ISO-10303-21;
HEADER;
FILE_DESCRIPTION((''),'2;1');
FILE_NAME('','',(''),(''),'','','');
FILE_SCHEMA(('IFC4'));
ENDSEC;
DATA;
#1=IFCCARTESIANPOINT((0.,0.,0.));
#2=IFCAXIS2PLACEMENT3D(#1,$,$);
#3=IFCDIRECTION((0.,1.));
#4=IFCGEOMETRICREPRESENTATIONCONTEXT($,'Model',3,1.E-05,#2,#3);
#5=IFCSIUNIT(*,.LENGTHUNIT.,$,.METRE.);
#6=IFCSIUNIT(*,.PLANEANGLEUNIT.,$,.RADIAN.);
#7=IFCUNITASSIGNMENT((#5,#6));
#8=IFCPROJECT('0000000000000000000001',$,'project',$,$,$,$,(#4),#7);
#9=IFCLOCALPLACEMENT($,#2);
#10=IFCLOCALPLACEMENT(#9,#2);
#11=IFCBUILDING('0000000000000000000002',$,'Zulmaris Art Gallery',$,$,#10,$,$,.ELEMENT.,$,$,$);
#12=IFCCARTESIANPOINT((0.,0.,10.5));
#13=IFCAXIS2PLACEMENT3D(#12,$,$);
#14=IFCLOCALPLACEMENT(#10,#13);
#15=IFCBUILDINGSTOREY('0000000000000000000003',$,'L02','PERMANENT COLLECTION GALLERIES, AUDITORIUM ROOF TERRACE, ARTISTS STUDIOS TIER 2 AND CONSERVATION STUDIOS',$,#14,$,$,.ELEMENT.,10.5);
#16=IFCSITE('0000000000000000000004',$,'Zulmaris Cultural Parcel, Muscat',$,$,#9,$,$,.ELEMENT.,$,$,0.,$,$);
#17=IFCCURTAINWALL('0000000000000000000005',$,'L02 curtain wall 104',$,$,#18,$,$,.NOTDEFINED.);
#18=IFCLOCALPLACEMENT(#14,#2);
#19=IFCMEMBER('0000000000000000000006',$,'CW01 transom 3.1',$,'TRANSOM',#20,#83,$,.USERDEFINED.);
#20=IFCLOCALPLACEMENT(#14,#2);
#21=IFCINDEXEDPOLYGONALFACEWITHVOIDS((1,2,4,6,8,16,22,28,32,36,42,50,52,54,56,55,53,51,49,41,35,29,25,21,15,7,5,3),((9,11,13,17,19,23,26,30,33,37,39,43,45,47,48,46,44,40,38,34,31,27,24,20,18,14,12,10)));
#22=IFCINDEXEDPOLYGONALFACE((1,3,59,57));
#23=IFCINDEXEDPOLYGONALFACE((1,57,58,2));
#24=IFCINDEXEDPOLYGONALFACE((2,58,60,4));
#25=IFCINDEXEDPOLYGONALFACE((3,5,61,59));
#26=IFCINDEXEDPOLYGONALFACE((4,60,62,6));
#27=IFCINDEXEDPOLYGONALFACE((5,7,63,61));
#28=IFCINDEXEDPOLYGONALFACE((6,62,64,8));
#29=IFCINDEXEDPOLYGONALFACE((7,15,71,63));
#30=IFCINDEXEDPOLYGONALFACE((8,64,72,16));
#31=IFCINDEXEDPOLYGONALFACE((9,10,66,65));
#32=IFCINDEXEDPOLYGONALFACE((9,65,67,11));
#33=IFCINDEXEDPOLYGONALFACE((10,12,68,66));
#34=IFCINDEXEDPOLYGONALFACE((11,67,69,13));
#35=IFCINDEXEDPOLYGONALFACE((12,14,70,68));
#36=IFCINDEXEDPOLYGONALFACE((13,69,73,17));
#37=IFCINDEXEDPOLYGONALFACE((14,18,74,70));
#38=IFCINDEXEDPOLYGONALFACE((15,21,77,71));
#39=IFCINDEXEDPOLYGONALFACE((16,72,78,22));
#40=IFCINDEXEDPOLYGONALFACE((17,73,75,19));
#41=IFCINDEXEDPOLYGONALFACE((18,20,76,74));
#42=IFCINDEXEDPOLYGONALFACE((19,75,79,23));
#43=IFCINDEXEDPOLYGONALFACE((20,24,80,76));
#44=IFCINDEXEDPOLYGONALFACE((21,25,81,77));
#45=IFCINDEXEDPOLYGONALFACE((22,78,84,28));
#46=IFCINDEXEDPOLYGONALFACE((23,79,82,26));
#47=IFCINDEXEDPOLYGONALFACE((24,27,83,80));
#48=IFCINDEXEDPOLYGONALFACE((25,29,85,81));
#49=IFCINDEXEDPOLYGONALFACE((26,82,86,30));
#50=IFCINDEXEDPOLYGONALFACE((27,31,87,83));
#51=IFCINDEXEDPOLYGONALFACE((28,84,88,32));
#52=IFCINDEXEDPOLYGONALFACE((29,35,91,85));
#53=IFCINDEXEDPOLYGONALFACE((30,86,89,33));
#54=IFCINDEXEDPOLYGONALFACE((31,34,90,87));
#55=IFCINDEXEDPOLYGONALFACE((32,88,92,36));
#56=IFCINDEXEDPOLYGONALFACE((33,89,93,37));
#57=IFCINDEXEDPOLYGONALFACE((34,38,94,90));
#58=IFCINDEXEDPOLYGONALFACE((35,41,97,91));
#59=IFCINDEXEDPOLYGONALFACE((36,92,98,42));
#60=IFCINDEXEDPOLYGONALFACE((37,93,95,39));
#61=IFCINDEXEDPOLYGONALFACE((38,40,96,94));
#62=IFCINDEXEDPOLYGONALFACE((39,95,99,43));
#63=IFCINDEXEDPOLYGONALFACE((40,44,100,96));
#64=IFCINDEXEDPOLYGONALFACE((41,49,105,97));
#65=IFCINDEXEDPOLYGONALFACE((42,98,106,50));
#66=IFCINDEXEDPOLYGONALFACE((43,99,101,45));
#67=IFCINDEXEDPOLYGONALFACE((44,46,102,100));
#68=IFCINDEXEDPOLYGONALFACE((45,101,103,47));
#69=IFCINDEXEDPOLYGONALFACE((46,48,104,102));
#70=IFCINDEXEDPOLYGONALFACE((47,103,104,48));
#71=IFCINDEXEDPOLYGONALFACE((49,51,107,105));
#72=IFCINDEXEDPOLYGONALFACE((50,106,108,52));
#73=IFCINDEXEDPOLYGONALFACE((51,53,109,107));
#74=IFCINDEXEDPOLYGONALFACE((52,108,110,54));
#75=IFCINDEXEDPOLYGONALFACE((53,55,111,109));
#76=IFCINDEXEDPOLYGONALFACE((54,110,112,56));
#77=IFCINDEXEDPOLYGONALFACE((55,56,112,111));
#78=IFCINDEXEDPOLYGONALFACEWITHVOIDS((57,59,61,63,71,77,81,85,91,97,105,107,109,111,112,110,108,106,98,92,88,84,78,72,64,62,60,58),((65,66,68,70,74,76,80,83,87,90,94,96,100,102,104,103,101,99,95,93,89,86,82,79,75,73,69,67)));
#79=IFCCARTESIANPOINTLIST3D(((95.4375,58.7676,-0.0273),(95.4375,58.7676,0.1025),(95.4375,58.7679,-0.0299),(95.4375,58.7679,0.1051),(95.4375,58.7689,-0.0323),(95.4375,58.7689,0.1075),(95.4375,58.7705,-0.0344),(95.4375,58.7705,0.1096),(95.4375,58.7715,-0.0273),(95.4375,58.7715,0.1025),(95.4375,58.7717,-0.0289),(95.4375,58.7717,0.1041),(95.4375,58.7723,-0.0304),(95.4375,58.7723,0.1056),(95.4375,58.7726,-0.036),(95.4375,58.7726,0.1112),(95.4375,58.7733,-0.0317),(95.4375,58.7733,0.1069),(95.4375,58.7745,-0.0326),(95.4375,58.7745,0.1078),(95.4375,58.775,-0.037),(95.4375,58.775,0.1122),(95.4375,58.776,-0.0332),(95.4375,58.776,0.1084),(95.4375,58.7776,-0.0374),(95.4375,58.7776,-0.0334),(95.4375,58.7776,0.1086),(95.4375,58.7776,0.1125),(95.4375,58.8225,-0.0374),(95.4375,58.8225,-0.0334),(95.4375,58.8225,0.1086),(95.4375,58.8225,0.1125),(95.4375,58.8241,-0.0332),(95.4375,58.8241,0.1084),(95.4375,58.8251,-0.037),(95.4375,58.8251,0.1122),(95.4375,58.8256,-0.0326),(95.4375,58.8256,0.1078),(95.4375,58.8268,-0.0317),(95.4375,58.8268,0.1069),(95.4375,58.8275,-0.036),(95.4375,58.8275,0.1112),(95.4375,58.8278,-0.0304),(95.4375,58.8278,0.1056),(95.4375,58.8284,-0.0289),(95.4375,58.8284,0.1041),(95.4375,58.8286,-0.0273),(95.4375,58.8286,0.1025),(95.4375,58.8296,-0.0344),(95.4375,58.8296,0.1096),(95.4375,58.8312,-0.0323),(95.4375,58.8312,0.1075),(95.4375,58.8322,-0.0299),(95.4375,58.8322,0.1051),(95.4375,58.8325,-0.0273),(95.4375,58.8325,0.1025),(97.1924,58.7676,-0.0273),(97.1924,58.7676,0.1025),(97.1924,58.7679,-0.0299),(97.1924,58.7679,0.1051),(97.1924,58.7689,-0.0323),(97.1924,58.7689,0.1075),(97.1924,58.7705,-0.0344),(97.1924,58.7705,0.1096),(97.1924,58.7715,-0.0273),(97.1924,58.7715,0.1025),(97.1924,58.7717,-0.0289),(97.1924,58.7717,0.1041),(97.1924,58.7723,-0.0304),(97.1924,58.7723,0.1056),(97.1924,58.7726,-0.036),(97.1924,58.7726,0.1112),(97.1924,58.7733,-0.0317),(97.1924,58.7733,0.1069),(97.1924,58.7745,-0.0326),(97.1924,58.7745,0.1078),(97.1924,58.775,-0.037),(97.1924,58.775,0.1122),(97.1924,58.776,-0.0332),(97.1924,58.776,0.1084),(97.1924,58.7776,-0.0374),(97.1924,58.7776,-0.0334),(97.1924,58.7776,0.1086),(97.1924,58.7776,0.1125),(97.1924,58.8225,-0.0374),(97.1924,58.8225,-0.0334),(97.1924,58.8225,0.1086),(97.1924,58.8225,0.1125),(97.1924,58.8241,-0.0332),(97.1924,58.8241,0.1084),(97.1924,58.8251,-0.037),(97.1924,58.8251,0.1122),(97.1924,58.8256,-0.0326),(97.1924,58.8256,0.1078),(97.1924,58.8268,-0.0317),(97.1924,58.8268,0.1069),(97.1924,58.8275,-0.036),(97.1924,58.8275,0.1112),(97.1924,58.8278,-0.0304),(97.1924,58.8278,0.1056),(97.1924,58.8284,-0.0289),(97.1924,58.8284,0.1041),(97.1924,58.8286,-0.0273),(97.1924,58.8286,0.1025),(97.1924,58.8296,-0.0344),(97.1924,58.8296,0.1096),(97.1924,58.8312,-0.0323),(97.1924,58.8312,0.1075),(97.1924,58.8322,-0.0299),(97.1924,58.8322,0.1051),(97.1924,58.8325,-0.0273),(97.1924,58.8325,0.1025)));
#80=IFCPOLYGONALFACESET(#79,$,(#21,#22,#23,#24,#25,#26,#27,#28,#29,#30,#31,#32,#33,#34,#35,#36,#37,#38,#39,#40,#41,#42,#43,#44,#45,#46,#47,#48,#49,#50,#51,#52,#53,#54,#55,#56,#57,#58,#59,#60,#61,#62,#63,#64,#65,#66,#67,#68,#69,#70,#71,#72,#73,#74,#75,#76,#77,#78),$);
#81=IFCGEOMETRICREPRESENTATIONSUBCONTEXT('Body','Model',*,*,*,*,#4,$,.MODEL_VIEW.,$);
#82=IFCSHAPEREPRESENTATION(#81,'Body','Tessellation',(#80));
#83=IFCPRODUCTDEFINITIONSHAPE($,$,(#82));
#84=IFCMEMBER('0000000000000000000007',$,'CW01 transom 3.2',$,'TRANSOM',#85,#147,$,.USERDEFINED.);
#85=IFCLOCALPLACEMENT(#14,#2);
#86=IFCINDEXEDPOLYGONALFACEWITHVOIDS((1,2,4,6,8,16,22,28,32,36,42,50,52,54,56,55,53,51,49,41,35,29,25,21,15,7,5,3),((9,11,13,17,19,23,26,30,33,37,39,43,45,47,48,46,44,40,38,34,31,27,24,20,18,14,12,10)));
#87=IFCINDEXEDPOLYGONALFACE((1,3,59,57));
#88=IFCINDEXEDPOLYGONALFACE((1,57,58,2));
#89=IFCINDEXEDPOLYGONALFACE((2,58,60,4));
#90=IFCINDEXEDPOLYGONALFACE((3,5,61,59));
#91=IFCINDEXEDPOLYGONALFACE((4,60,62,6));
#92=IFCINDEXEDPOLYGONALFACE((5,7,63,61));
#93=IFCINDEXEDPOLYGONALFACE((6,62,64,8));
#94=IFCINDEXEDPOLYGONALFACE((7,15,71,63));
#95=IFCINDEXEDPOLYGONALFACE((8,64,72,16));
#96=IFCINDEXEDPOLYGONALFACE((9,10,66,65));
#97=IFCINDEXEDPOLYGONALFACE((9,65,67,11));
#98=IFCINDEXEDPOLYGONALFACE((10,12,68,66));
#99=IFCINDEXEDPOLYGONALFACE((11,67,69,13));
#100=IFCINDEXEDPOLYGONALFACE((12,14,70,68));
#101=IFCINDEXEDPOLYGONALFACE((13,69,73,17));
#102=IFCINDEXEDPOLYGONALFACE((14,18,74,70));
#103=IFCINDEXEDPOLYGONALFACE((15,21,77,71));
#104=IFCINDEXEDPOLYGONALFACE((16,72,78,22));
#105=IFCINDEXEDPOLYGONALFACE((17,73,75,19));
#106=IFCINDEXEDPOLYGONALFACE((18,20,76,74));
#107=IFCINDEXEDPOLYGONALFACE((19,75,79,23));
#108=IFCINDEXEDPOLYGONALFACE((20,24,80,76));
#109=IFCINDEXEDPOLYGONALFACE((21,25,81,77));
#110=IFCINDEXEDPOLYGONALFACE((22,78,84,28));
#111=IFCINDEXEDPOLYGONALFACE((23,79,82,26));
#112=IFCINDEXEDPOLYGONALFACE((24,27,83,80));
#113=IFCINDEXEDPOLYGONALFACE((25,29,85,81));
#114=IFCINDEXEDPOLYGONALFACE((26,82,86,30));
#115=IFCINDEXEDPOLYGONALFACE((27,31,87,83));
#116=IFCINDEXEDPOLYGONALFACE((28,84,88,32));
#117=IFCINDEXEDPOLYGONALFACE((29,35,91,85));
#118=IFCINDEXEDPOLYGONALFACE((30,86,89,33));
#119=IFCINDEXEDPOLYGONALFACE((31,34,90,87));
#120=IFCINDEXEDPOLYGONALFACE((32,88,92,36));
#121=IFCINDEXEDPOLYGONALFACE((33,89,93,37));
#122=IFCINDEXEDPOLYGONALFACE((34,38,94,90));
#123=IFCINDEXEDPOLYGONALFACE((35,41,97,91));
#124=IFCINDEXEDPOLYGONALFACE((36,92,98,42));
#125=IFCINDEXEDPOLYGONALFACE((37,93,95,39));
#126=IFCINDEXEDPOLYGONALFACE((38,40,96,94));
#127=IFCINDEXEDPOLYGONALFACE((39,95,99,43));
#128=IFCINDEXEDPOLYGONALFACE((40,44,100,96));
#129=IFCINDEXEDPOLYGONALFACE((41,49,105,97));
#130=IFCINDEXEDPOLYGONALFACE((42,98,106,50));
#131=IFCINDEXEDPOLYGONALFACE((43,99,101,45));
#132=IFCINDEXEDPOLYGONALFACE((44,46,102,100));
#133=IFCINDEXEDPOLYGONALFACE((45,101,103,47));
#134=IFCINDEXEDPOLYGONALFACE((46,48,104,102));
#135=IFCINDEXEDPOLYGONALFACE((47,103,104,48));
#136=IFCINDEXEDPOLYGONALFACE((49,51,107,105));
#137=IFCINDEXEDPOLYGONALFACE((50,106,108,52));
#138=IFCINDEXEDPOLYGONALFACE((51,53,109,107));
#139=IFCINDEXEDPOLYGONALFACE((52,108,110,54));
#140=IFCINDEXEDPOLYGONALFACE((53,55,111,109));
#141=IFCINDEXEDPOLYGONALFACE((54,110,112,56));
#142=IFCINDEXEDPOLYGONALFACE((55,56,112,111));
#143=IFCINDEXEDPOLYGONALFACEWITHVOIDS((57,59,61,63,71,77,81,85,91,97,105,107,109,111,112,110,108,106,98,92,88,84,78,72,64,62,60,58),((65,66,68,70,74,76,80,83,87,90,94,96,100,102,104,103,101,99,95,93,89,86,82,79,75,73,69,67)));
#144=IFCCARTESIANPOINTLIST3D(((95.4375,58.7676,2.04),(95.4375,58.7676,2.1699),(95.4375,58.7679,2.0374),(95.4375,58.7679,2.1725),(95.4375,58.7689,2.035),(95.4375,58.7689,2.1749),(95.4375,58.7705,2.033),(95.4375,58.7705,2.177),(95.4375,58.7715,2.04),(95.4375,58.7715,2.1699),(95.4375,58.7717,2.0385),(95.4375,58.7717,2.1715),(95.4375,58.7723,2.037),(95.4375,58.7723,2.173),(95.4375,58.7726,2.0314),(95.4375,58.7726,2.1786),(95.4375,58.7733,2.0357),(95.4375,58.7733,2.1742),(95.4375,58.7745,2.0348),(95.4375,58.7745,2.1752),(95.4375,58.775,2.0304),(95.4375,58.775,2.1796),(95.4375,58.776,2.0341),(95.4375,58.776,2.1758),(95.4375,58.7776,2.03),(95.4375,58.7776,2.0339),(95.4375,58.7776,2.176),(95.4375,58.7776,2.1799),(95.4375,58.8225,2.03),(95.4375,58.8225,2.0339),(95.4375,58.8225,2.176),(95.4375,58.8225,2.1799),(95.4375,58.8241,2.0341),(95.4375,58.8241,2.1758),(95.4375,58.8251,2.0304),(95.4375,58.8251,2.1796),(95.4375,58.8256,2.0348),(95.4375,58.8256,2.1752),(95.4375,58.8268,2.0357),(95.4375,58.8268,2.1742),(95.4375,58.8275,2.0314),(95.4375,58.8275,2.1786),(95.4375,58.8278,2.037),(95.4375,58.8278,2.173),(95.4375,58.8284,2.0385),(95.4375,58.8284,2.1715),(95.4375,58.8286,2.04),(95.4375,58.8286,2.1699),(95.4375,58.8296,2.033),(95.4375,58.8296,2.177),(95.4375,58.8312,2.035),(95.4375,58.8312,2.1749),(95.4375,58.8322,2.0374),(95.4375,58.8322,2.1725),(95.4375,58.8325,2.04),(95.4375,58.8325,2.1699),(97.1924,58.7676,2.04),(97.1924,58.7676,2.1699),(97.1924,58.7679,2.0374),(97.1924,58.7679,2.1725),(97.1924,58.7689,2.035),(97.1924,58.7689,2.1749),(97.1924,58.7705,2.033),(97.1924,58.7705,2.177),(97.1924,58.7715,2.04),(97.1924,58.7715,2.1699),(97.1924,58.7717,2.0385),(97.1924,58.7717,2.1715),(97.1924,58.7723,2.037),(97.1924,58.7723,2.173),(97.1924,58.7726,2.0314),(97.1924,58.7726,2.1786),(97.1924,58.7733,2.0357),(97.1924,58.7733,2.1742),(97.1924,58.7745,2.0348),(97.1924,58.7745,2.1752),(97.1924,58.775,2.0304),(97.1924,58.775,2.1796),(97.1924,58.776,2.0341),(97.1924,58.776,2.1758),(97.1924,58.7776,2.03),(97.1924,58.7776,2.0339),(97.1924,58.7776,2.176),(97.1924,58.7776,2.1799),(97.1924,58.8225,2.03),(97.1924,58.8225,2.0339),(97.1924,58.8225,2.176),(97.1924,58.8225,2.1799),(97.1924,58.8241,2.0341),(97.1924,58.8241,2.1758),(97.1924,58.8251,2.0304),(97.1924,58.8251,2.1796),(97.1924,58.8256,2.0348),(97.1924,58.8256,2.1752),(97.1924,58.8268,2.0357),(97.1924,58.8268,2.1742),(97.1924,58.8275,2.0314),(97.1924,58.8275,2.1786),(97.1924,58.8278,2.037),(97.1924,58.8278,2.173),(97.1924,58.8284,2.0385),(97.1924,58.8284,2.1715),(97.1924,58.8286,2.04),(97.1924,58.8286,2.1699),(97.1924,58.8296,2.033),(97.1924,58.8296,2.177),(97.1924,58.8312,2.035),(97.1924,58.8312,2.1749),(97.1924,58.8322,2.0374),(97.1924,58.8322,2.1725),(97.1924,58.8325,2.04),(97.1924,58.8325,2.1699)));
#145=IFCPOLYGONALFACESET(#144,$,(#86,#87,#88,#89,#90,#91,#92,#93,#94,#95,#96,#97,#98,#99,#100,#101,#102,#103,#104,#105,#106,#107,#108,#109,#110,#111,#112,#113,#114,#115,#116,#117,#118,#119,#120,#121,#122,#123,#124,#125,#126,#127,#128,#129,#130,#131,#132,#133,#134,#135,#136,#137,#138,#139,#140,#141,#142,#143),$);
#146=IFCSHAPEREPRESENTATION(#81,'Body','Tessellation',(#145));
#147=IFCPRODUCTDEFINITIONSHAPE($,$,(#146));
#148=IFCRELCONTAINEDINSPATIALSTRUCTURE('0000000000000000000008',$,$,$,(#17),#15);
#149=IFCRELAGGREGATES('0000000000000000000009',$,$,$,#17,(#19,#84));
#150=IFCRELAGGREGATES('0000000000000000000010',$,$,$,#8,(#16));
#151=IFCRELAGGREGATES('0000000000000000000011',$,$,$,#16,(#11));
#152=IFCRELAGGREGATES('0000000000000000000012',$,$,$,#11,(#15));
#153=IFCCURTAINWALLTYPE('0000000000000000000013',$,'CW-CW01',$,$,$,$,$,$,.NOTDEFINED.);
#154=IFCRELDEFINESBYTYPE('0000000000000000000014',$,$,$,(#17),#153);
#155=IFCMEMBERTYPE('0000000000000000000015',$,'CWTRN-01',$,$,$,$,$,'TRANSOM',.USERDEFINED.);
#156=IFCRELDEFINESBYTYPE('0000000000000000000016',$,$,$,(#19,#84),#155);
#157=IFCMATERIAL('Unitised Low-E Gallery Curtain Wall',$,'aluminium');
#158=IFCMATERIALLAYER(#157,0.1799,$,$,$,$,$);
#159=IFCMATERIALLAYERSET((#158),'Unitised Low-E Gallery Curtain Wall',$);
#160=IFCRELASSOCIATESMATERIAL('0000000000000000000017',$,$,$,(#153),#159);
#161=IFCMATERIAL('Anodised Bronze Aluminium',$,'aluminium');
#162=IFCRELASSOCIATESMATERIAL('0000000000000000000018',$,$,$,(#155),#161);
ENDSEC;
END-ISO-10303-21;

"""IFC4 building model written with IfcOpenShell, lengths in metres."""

from ifc_helpers import new_model, si_unit, direction, frame, origin, origin_2d, place, context, subcontext, project, spatial, hollow_rectangle, extrude, material, layer, layer_set, material_profile, profile_set, type_object, element, aggregate, save


model = new_model("IFC4")

# Units and contexts
model_context = context("Model", 3, precision=1e-05, world=origin(), true_north=direction((0.0, 1.0)))
body_context = subcontext(model_context, "Body", "Model", "MODEL_VIEW")
ifc_project = project(units=[si_unit("LENGTHUNIT", "METRE"), si_unit("PLANEANGLEUNIT", "RADIAN")], contexts=[model_context])

# Site, building, storey
site_placement = place(None, origin())
site = spatial("IfcSite", under=ifc_project, at=site_placement, Name="Zulmaris Cultural Parcel, Muscat", CompositionType="ELEMENT", RefElevation=0.0)
building_placement = place(site_placement, origin())
building = spatial("IfcBuilding", under=site, at=building_placement, Name="Zulmaris Art Gallery", CompositionType="ELEMENT")
storey_placement = place(building_placement, frame((0.0, 0.0, 10.5)))
storey = spatial("IfcBuildingStorey", under=building, at=storey_placement, Name="L02", Description="PERMANENT COLLECTION GALLERIES, AUDITORIUM ROOF TERRACE, ARTISTS STUDIOS TIER 2 AND CONSERVATION STUDIOS", CompositionType="ELEMENT", Elevation=10.5)

# Shared definitions
ifc_material_1 = material(Name="Anodised Bronze Aluminium", Category="aluminium")

# Curtain wall
ifc_material_2 = material(Name="Unitised Low-E Gallery Curtain Wall", Category="aluminium")
ifc_layer_1 = layer(ifc_material_2, 0.1799)
ifc_layer_set_1 = layer_set([ifc_layer_1], Name="Unitised Low-E Gallery Curtain Wall")
curtain_wall_type_1 = type_object("IfcCurtainWallType", Name="CW-CW01", PredefinedType="NOTDEFINED", material=ifc_layer_set_1)
curtain_wall_1_placement = place(storey_placement, origin())
curtain_wall_1 = element("IfcCurtainWall", 1, at=curtain_wall_1_placement, inside=storey, type_object=curtain_wall_type_1, Name="L02 curtain wall 104", PredefinedType="NOTDEFINED")

# Members
ifc_material_profile_1 = material_profile(ifc_material_1, hollow_rectangle(XDim=0.0649, YDim=0.1499, WallThickness=0.0039, InnerFilletRadius=0.0061, OuterFilletRadius=0.01, at=origin_2d()), Name="ALU 65x150x4")
ifc_profile_set_1 = profile_set([ifc_material_profile_1], Name="Anodised Bronze Aluminium")
member_type_1 = type_object("IfcMemberType", Name="CWTRN-01", ElementType="TRANSOM", PredefinedType="USERDEFINED", material=ifc_profile_set_1)
member_1_placement = place(storey_placement, frame((95.4375, 58.8, 0.0376), z_axis=(1.0, 0.0, 0.0), x_axis=(0.0, 1.0, 0.0)))
member_1 = element("IfcMember", 2, at=member_1_placement, type_object=member_type_1, Name="CW01 transom 3.1", ObjectType="TRANSOM", PredefinedType="USERDEFINED", context=body_context, shape_type="SweptSolid", body=[
    extrude(hollow_rectangle(XDim=0.0649, YDim=0.1499, WallThickness=0.0039, InnerFilletRadius=0.0061, OuterFilletRadius=0.01, at=origin_2d()), origin(), (0.0, 0.0, 1.0), 1.7549),
])
member_2_placement = place(storey_placement, frame((95.4375, 58.8, 2.105), z_axis=(1.0, 0.0, 0.0), x_axis=(0.0, 1.0, 0.0)))
member_2 = element("IfcMember", 3, at=member_2_placement, type_object=member_type_1, Name="CW01 transom 3.2", ObjectType="TRANSOM", PredefinedType="USERDEFINED", context=body_context, shape_type="SweptSolid", body=[
    extrude(hollow_rectangle(XDim=0.0649, YDim=0.1499, WallThickness=0.0039, InnerFilletRadius=0.0061, OuterFilletRadius=0.01, at=origin_2d()), origin(), (0.0, 0.0, 1.0), 1.7549),
])

aggregate(curtain_wall_1, [member_1, member_2])

save(model, "model.ifc")
